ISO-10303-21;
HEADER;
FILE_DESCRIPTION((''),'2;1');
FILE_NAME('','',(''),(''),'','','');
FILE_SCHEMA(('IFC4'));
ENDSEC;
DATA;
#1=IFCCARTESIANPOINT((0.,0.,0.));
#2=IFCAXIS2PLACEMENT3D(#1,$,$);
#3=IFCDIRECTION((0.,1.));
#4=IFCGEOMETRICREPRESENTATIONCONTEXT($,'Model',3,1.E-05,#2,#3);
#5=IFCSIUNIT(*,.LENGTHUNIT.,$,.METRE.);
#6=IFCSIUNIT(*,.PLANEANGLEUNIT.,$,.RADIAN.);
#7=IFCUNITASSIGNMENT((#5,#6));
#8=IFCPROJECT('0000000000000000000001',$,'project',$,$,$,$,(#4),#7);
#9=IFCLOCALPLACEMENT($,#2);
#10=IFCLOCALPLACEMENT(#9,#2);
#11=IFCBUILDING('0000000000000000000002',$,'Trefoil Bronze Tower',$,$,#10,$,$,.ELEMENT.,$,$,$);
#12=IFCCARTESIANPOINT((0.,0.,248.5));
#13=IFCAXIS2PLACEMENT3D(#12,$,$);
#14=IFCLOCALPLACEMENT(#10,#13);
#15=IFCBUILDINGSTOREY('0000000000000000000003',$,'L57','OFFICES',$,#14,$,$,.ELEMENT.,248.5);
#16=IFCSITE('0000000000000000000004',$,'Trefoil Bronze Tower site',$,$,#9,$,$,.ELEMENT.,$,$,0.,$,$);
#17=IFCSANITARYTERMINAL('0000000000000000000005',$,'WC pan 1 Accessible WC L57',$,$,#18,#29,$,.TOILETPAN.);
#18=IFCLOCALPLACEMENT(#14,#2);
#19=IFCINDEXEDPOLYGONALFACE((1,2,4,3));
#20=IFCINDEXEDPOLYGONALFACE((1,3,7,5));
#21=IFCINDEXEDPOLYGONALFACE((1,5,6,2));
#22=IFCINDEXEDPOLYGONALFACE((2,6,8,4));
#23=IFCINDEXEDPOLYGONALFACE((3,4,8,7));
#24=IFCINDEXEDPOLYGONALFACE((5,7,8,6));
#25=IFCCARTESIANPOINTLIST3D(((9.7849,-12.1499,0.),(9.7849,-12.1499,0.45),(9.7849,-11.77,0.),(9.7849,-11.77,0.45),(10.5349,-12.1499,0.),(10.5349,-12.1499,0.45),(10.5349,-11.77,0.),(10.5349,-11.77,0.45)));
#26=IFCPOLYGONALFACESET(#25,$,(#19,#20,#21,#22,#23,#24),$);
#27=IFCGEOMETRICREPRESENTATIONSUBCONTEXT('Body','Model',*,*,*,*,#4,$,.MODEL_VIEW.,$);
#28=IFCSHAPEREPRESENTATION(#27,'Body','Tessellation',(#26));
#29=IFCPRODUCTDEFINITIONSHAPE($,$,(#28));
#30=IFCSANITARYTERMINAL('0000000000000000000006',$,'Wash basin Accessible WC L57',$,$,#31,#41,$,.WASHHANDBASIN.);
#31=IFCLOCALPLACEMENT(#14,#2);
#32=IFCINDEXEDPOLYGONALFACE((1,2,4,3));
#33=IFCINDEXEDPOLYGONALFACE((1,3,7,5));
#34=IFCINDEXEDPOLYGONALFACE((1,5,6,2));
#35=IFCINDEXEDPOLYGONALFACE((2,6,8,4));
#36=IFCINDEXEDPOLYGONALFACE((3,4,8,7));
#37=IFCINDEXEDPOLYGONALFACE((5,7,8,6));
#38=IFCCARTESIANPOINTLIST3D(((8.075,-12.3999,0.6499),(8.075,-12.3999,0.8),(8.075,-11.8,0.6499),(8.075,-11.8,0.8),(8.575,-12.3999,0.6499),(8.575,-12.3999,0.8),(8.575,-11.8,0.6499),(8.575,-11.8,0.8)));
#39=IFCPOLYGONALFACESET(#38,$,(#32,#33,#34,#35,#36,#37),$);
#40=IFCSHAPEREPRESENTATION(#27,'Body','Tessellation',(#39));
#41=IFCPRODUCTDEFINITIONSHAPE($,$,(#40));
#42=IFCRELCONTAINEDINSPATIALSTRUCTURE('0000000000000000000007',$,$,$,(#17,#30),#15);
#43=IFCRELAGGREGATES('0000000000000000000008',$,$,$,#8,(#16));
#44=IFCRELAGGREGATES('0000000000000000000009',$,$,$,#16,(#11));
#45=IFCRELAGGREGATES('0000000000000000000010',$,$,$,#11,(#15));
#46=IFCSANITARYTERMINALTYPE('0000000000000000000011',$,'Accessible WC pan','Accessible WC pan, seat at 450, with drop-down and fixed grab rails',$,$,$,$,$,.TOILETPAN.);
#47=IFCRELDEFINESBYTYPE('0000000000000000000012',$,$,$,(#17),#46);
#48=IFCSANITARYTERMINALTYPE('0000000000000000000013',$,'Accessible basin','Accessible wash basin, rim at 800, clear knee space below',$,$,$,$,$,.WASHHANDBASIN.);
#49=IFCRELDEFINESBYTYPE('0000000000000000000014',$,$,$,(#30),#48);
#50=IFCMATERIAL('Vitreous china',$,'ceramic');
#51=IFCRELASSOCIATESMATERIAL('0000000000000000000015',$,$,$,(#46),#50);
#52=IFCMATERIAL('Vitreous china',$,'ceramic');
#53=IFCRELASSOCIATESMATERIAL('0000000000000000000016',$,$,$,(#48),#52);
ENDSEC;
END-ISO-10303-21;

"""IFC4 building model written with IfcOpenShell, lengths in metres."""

from ifc_helpers import new_model, si_unit, direction, frame, origin, place, context, subcontext, project, spatial, polyline, outline, extrude, material, type_object, element, save


model = new_model("IFC4")

# Units and contexts
model_context = context("Model", 3, precision=1e-05, world=origin(), true_north=direction((0.0, 1.0)))
body_context = subcontext(model_context, "Body", "Model", "MODEL_VIEW")
ifc_project = project(units=[si_unit("LENGTHUNIT", "METRE"), si_unit("PLANEANGLEUNIT", "RADIAN")], contexts=[model_context])

# Site, building, storey
site_placement = place(None, origin())
site = spatial("IfcSite", under=ifc_project, at=site_placement, Name="Trefoil Bronze Tower site", CompositionType="ELEMENT", RefElevation=0.0)
building_placement = place(site_placement, origin())
building = spatial("IfcBuilding", under=site, at=building_placement, Name="Trefoil Bronze Tower", CompositionType="ELEMENT")
storey_placement = place(building_placement, frame((0.0, 0.0, 248.5)))
storey = spatial("IfcBuildingStorey", under=building, at=storey_placement, Name="L57", Description="OFFICES", CompositionType="ELEMENT", Elevation=248.5)

# Sanitary terminals
ifc_material_1 = material(Name="Vitreous china", Category="ceramic")
sanitary_terminal_type_1 = type_object("IfcSanitaryTerminalType", Name="Accessible WC pan", Description="Accessible WC pan, seat at 450, with drop-down and fixed grab rails", PredefinedType="TOILETPAN", material=ifc_material_1)
sanitary_terminal_1_placement = place(storey_placement, origin())
element("IfcSanitaryTerminal", 1, at=sanitary_terminal_1_placement, inside=storey, type_object=sanitary_terminal_type_1, Name="WC pan 1 Accessible WC L57", PredefinedType="TOILETPAN", context=body_context, shape_type="SweptSolid", body=[
    extrude(outline(polyline([(9.7849, -11.77), (10.5349, -11.77), (10.5349, -12.1499), (9.7849, -12.1499), (9.7849, -11.77)])), origin(), (0.0, 0.0, 1.0), 0.45),
])
ifc_material_2 = material(Name="Vitreous china", Category="ceramic")
sanitary_terminal_type_2 = type_object("IfcSanitaryTerminalType", Name="Accessible basin", Description="Accessible wash basin, rim at 800, clear knee space below", PredefinedType="WASHHANDBASIN", material=ifc_material_2)
sanitary_terminal_2_placement = place(storey_placement, frame((0.0, 0.0, 0.6499)))
element("IfcSanitaryTerminal", 2, at=sanitary_terminal_2_placement, inside=storey, type_object=sanitary_terminal_type_2, Name="Wash basin Accessible WC L57", PredefinedType="WASHHANDBASIN", context=body_context, shape_type="SweptSolid", body=[
    extrude(outline(polyline([(8.075, -11.8), (8.575, -11.8), (8.575, -12.3999), (8.075, -12.3999), (8.075, -11.8)])), origin(), (0.0, 0.0, 1.0), 0.1501),
])

save(model, "model.ifc")
